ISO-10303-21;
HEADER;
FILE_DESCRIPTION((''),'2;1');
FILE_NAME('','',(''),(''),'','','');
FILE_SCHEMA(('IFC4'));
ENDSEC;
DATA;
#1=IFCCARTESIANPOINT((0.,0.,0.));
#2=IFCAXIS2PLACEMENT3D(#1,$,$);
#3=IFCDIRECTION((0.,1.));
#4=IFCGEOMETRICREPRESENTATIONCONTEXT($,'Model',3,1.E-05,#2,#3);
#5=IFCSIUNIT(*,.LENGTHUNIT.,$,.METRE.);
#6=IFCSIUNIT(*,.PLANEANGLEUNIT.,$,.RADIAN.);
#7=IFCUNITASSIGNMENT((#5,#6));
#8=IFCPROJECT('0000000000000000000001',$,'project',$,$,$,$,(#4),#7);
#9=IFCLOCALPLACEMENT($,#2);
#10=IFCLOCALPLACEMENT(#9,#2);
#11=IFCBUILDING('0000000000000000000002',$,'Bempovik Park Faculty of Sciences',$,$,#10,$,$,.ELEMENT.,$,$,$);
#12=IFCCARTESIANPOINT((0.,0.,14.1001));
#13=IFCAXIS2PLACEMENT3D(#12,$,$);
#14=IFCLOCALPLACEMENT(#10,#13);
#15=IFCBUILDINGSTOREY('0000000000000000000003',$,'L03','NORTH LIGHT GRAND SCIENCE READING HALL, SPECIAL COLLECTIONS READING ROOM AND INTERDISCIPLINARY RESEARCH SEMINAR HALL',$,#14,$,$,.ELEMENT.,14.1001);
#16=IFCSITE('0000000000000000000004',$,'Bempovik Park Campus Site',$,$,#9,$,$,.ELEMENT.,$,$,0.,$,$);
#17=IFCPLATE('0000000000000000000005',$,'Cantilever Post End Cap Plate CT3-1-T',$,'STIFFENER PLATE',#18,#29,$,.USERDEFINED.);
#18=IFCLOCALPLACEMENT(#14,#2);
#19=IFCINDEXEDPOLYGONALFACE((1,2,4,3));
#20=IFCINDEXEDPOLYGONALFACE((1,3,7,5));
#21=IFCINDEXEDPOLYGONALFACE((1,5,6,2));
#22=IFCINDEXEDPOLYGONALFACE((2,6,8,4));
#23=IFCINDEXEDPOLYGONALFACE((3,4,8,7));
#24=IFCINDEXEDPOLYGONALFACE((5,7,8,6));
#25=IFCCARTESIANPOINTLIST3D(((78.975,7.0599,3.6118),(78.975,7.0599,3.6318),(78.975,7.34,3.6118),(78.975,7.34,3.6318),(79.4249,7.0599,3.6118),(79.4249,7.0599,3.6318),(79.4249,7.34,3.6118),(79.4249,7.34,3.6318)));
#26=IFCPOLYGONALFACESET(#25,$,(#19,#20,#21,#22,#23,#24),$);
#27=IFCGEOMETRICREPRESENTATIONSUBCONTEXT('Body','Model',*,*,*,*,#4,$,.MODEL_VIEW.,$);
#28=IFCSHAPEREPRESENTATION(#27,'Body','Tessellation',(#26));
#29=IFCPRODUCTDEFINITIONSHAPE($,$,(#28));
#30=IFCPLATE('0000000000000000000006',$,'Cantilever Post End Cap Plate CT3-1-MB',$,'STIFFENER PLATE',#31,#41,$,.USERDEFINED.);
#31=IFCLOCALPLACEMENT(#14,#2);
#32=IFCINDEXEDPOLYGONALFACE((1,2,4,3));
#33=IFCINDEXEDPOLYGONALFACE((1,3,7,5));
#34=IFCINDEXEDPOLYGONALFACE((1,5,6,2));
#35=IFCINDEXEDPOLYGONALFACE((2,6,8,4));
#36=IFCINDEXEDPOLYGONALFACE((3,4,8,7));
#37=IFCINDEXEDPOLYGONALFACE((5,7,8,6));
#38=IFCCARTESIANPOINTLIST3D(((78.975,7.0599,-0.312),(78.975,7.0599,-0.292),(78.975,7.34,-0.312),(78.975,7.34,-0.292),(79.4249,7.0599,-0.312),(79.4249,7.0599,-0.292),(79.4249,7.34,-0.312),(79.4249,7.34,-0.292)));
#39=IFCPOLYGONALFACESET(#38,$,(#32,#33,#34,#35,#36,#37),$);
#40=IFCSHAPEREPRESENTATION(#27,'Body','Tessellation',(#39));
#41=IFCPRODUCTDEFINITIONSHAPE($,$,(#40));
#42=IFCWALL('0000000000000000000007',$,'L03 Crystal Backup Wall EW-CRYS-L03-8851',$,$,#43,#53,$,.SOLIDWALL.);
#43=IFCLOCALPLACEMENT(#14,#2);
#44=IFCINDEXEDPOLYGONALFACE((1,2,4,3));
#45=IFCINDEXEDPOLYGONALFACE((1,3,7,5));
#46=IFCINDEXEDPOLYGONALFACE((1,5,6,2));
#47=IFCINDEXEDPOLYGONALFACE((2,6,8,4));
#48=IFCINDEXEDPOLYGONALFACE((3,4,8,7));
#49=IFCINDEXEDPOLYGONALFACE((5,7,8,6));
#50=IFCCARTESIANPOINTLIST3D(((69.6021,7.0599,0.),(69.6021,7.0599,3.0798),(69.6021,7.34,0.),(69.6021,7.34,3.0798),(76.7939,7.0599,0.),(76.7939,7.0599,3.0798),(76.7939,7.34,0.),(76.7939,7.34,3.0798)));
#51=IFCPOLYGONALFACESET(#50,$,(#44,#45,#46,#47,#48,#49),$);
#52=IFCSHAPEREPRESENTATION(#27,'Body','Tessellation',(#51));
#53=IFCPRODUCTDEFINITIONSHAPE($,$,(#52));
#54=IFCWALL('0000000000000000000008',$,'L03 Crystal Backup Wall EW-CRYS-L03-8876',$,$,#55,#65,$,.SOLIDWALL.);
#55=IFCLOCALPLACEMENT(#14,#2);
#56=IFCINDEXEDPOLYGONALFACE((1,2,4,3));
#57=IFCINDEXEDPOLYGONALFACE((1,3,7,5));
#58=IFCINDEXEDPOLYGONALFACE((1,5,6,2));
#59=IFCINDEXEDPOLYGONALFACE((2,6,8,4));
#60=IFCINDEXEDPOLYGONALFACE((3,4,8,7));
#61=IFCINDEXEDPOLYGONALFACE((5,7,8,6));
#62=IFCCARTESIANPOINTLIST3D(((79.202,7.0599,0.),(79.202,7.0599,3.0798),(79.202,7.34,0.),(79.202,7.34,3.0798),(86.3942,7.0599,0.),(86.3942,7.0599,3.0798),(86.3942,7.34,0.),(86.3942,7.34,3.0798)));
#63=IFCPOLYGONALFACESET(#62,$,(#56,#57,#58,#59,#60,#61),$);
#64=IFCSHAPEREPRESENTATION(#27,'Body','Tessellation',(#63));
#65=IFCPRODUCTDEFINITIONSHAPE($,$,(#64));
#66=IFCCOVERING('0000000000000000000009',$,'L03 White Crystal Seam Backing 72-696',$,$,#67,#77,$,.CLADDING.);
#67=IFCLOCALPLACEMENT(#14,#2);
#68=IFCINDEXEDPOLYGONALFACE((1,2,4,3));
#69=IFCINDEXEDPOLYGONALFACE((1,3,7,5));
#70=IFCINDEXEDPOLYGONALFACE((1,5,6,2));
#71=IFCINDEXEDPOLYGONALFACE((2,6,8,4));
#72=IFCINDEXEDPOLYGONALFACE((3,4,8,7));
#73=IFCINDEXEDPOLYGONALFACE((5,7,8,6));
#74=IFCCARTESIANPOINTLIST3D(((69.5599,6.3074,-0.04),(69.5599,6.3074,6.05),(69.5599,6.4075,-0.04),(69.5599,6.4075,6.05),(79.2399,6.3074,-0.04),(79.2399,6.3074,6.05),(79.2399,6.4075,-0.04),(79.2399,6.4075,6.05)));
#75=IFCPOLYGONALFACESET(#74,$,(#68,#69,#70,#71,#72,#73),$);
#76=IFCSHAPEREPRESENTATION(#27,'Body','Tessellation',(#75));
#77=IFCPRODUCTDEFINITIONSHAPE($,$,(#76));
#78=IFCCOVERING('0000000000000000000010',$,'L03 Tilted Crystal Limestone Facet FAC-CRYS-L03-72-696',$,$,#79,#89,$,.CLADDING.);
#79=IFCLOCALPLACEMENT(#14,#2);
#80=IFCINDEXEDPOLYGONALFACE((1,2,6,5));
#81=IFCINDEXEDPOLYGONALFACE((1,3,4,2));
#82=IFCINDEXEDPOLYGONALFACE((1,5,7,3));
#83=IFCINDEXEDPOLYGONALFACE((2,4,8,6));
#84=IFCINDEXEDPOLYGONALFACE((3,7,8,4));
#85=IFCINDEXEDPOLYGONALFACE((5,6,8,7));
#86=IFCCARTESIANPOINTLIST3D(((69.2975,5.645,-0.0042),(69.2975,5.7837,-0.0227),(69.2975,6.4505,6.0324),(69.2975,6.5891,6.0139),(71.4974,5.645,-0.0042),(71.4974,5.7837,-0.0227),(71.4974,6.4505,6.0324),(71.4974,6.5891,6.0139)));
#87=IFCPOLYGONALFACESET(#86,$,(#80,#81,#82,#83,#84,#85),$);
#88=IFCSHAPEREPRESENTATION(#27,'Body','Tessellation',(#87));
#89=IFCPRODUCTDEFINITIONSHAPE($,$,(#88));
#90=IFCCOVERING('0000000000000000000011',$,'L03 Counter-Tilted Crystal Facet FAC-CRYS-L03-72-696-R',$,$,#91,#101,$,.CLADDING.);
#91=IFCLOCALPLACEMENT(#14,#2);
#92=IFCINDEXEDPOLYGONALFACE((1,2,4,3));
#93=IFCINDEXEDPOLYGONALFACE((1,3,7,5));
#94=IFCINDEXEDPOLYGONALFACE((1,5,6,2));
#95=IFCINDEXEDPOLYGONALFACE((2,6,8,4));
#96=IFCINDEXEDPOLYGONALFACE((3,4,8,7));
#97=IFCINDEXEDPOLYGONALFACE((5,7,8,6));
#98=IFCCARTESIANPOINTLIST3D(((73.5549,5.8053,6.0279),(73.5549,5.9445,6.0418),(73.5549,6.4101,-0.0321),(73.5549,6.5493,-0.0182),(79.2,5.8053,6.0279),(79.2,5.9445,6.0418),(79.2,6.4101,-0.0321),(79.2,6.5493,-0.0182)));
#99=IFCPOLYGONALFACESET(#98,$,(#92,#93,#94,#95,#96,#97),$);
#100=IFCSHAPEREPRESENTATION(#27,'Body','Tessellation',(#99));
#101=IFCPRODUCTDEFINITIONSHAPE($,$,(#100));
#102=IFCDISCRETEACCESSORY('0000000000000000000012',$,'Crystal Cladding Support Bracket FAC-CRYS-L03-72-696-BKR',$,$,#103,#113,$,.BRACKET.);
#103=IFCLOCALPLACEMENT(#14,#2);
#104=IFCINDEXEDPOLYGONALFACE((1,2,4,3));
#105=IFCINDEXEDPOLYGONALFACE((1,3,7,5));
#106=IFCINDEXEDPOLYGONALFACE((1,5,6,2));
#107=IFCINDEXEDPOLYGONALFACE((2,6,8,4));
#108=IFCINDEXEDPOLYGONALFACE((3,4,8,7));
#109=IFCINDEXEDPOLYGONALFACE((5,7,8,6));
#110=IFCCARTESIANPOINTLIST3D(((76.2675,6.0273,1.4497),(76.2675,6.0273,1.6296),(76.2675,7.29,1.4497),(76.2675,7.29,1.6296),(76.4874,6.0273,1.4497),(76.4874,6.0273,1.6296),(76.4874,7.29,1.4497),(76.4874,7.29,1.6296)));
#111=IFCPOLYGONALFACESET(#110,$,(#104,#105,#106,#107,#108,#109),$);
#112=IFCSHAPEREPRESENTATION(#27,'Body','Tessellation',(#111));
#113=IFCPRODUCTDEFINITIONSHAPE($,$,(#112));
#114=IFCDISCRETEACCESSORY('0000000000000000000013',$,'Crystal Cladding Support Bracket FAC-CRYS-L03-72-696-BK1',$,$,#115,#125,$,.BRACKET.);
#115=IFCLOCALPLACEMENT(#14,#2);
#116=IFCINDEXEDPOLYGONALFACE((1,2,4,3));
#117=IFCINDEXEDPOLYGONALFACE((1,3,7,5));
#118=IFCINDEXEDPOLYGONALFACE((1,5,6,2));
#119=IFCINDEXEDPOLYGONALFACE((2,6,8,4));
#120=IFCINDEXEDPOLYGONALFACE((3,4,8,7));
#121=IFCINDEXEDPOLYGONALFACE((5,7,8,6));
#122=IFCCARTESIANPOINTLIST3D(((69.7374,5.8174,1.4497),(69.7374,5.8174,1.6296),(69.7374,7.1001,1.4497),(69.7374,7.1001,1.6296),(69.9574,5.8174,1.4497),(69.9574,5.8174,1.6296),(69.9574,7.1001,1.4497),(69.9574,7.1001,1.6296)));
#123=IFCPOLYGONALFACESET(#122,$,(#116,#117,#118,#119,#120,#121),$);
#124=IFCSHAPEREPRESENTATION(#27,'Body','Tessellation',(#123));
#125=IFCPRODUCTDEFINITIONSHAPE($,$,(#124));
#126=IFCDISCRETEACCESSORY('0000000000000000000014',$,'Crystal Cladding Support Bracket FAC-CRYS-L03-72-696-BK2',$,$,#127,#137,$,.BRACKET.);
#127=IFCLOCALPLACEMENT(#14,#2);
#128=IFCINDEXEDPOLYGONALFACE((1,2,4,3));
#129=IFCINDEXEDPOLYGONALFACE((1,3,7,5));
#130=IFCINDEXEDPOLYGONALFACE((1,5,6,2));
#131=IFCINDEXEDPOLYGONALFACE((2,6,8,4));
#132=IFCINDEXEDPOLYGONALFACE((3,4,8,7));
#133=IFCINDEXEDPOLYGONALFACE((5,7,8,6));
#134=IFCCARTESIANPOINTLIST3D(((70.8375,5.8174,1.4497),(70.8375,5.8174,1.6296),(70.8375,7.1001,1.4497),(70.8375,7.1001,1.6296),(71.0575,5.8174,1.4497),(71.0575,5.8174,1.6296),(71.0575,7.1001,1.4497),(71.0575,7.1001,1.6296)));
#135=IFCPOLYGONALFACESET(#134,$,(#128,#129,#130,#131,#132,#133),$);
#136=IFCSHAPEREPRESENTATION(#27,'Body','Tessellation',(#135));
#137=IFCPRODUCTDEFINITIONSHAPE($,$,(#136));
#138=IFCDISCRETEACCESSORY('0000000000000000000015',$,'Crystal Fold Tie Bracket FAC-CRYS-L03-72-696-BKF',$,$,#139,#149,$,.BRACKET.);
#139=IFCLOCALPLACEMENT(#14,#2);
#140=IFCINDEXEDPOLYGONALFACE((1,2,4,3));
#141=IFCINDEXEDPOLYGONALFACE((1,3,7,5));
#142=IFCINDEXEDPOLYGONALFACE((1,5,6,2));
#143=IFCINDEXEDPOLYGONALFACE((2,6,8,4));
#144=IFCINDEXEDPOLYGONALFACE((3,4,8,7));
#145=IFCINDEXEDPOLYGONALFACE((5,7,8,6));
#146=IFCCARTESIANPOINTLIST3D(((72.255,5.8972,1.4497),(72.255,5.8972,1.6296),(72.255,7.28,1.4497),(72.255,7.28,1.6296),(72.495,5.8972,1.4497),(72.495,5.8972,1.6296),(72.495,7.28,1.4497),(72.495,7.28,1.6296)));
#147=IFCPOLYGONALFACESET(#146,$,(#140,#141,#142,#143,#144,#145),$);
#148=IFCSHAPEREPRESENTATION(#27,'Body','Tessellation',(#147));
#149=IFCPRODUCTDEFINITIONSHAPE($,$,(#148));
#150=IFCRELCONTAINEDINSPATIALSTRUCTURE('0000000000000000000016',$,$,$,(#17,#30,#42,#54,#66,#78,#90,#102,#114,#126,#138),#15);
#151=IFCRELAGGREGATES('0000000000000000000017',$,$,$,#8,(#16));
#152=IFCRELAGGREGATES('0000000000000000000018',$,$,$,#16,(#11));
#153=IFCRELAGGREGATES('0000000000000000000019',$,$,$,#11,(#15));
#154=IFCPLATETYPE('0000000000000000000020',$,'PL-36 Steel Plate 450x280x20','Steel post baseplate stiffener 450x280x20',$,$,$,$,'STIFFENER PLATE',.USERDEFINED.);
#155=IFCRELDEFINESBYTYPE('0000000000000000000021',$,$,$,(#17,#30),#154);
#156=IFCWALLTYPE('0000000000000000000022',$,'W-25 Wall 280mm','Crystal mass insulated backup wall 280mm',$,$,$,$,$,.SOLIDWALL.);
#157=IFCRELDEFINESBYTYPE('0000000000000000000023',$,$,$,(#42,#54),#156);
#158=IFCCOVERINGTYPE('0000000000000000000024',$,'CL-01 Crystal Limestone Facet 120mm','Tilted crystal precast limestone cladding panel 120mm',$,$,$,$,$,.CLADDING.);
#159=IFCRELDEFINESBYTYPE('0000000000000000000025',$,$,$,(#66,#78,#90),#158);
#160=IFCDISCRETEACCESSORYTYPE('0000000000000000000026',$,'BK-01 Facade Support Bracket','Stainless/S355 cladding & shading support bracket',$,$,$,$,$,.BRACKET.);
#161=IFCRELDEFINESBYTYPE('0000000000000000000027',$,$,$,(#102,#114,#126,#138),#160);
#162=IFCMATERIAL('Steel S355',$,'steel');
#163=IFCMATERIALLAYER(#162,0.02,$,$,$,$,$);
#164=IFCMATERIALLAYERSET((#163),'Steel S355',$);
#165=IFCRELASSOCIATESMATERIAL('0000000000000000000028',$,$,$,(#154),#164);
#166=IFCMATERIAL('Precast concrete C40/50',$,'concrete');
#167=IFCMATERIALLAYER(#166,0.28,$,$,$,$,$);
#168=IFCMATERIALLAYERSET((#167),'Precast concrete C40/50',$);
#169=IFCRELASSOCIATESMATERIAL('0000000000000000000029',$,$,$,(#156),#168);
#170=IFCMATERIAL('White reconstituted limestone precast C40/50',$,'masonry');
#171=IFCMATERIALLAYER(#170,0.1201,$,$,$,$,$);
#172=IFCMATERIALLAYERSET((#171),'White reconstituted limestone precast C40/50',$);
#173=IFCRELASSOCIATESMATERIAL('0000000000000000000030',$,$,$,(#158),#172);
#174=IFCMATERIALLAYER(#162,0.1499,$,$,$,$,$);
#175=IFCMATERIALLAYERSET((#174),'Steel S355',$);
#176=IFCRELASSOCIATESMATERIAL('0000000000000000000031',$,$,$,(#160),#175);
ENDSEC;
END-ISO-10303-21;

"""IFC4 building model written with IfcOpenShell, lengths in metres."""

from ifc_helpers import new_model, si_unit, direction, frame, frame_2d, origin, origin_2d, place, context, subcontext, project, spatial, rectangle, extrude, material, layer, layer_set, type_object, element, save


model = new_model("IFC4")

# Units and contexts
model_context = context("Model", 3, precision=1e-05, world=origin(), true_north=direction((0.0, 1.0)))
body_context = subcontext(model_context, "Body", "Model", "MODEL_VIEW")
ifc_project = project(units=[si_unit("LENGTHUNIT", "METRE"), si_unit("PLANEANGLEUNIT", "RADIAN")], contexts=[model_context])

# Site, building, storey
site_placement = place(None, origin())
site = spatial("IfcSite", under=ifc_project, at=site_placement, Name="Bempovik Park Campus Site", CompositionType="ELEMENT", RefElevation=0.0)
building_placement = place(site_placement, origin())
building = spatial("IfcBuilding", under=site, at=building_placement, Name="Bempovik Park Faculty of Sciences", CompositionType="ELEMENT")
storey_placement = place(building_placement, frame((0.0, 0.0, 14.1001)))
storey = spatial("IfcBuildingStorey", under=building, at=storey_placement, Name="L03", Description="NORTH LIGHT GRAND SCIENCE READING HALL, SPECIAL COLLECTIONS READING ROOM AND INTERDISCIPLINARY RESEARCH SEMINAR HALL", CompositionType="ELEMENT", Elevation=14.1001)

# Shared definitions
ifc_material_1 = material(Name="Steel S355", Category="steel")

# Plates
ifc_layer_1 = layer(ifc_material_1, 0.02)
ifc_layer_set_1 = layer_set([ifc_layer_1], Name="Steel S355")
plate_type_1 = type_object("IfcPlateType", Name="PL-36 Steel Plate 450x280x20", Description="Steel post baseplate stiffener 450x280x20", ElementType="STIFFENER PLATE", PredefinedType="USERDEFINED", material=ifc_layer_set_1)
for number, where, z_axis, x_axis, name in (
    (1, (79.2, 7.2, 3.6118), (0.0, 0.0, 1.0), (1.0, 0.0, 0.0), "Cantilever Post End Cap Plate CT3-1-T"),
    (2, (79.2, 7.2, -0.312), (0.0, 0.0, 1.0), (1.0, 0.0, 0.0), "Cantilever Post End Cap Plate CT3-1-MB"),
):
    element("IfcPlate", number, at=place(storey_placement, frame(where, z_axis=z_axis, x_axis=x_axis)), inside=storey, type_object=plate_type_1, Name=name, ObjectType="STIFFENER PLATE", PredefinedType="USERDEFINED", context=body_context, shape_type="SweptSolid", body=[
        extrude(rectangle(XDim=0.45, YDim=0.28, at=origin_2d()), origin(), (0.0, 0.0, 1.0), 0.02),
    ])

# Walls
ifc_material_2 = material(Name="Precast concrete C40/50", Category="concrete")
ifc_layer_2 = layer(ifc_material_2, 0.28)
ifc_layer_set_2 = layer_set([ifc_layer_2], Name="Precast concrete C40/50")
wall_type = type_object("IfcWallType", Name="W-25 Wall 280mm", Description="Crystal mass insulated backup wall 280mm", PredefinedType="SOLIDWALL", material=ifc_layer_set_2)
wall_1_placement = place(storey_placement, frame((69.6021, 7.2, 0.0), z_axis=(0.0, 0.0, 1.0), x_axis=(1.0, 0.0, 0.0)))
element("IfcWall", 3, at=wall_1_placement, inside=storey, type_object=wall_type, Name="L03 Crystal Backup Wall EW-CRYS-L03-8851", PredefinedType="SOLIDWALL", context=body_context, shape_type="SweptSolid", body=[
    extrude(rectangle(XDim=7.1919, YDim=0.28, at=frame_2d((3.5959, 0.0))), origin(), (0.0, 0.0, 1.0), 3.0798),
])
wall_2_placement = place(storey_placement, frame((79.2019, 7.2, 0.0), z_axis=(0.0, 0.0, 1.0), x_axis=(1.0, 0.0, 0.0)))
element("IfcWall", 4, at=wall_2_placement, inside=storey, type_object=wall_type, Name="L03 Crystal Backup Wall EW-CRYS-L03-8876", PredefinedType="SOLIDWALL", context=body_context, shape_type="SweptSolid", body=[
    extrude(rectangle(XDim=7.1921, YDim=0.28, at=frame_2d((3.5962, 0.0))), origin(), (0.0, 0.0, 1.0), 3.0798),
])

# Coverings
ifc_material_3 = material(Name="White reconstituted limestone precast C40/50", Category="masonry")
ifc_layer_3 = layer(ifc_material_3, 0.1201)
ifc_layer_set_3 = layer_set([ifc_layer_3], Name="White reconstituted limestone precast C40/50")
covering_type = type_object("IfcCoveringType", Name="CL-01 Crystal Limestone Facet 120mm", Description="Tilted crystal precast limestone cladding panel 120mm", PredefinedType="CLADDING", material=ifc_layer_set_3)
covering_1_placement = place(storey_placement, frame((74.3999, 6.3574, -0.04), z_axis=(0.0, 0.0, 1.0), x_axis=(1.0, 0.0, 0.0)))
element("IfcCovering", 5, at=covering_1_placement, inside=storey, type_object=covering_type, Name="L03 White Crystal Seam Backing 72-696", PredefinedType="CLADDING", context=body_context, shape_type="SweptSolid", body=[
    extrude(rectangle(XDim=9.6799, YDim=0.1001, at=origin_2d()), origin(), (0.0, 0.0, 1.0), 6.0901),
])
covering_2_placement = place(storey_placement, frame((70.3975, 5.7144, -0.0134), z_axis=(0.0, 0.132256, 0.991216), x_axis=(1.0, 0.0, 0.0)))
element("IfcCovering", 6, at=covering_2_placement, inside=storey, type_object=covering_type, Name="L03 Tilted Crystal Limestone Facet FAC-CRYS-L03-72-696", PredefinedType="CLADDING", context=body_context, shape_type="SweptSolid", body=[
    extrude(rectangle(XDim=2.2, YDim=0.1399, at=origin_2d()), origin(), (0.0, 0.0, 1.0), 6.0901),
])
covering_3_placement = place(storey_placement, frame((76.3774, 6.4797, -0.0251), z_axis=(0.0, -0.09932, 0.995056), x_axis=(1.0, 0.0, 0.0)))
element("IfcCovering", 7, at=covering_3_placement, inside=storey, type_object=covering_type, Name="L03 Counter-Tilted Crystal Facet FAC-CRYS-L03-72-696-R", PredefinedType="CLADDING", context=body_context, shape_type="SweptSolid", body=[
    extrude(rectangle(XDim=5.645, YDim=0.1399, at=origin_2d()), origin(), (0.0, 0.0, 1.0), 6.0901),
])

# Discrete accessories
ifc_layer_4 = layer(ifc_material_1, 0.1499)
ifc_layer_set_4 = layer_set([ifc_layer_4], Name="Steel S355")
discrete_accessory_type = type_object("IfcDiscreteAccessoryType", Name="BK-01 Facade Support Bracket", Description="Stainless/S355 cladding & shading support bracket", PredefinedType="BRACKET", material=ifc_layer_set_4)
discrete_accessory_1_placement = place(storey_placement, frame((76.3774, 6.6587, 1.4497), z_axis=(0.0, 0.0, 1.0), x_axis=(1.0, 0.0, 0.0)))
element("IfcDiscreteAccessory", 8, at=discrete_accessory_1_placement, inside=storey, type_object=discrete_accessory_type, Name="Crystal Cladding Support Bracket FAC-CRYS-L03-72-696-BKR", PredefinedType="BRACKET", context=body_context, shape_type="SweptSolid", body=[
    extrude(rectangle(XDim=0.22, YDim=1.2627, at=origin_2d()), origin(), (0.0, 0.0, 1.0), 0.1799),
])
for number, where, z_axis, x_axis, name in (
    (9, (69.8474, 6.4587, 1.4497), (0.0, 0.0, 1.0), (1.0, 0.0, 0.0), "Crystal Cladding Support Bracket FAC-CRYS-L03-72-696-BK1"),
    (10, (70.9475, 6.4587, 1.4497), (0.0, 0.0, 1.0), (1.0, 0.0, 0.0), "Crystal Cladding Support Bracket FAC-CRYS-L03-72-696-BK2"),
):
    element("IfcDiscreteAccessory", number, at=place(storey_placement, frame(where, z_axis=z_axis, x_axis=x_axis)), inside=storey, type_object=discrete_accessory_type, Name=name, PredefinedType="BRACKET", context=body_context, shape_type="SweptSolid", body=[
        extrude(rectangle(XDim=0.22, YDim=1.2827, at=origin_2d()), origin(), (0.0, 0.0, 1.0), 0.1799),
    ])
discrete_accessory_2_placement = place(storey_placement, frame((72.375, 6.5886, 1.4497), z_axis=(0.0, 0.0, 1.0), x_axis=(1.0, 0.0, 0.0)))
element("IfcDiscreteAccessory", 11, at=discrete_accessory_2_placement, inside=storey, type_object=discrete_accessory_type, Name="Crystal Fold Tie Bracket FAC-CRYS-L03-72-696-BKF", PredefinedType="BRACKET", context=body_context, shape_type="SweptSolid", body=[
    extrude(rectangle(XDim=0.24, YDim=1.3828, at=origin_2d()), origin(), (0.0, 0.0, 1.0), 0.1799),
])

save(model, "model.ifc")
